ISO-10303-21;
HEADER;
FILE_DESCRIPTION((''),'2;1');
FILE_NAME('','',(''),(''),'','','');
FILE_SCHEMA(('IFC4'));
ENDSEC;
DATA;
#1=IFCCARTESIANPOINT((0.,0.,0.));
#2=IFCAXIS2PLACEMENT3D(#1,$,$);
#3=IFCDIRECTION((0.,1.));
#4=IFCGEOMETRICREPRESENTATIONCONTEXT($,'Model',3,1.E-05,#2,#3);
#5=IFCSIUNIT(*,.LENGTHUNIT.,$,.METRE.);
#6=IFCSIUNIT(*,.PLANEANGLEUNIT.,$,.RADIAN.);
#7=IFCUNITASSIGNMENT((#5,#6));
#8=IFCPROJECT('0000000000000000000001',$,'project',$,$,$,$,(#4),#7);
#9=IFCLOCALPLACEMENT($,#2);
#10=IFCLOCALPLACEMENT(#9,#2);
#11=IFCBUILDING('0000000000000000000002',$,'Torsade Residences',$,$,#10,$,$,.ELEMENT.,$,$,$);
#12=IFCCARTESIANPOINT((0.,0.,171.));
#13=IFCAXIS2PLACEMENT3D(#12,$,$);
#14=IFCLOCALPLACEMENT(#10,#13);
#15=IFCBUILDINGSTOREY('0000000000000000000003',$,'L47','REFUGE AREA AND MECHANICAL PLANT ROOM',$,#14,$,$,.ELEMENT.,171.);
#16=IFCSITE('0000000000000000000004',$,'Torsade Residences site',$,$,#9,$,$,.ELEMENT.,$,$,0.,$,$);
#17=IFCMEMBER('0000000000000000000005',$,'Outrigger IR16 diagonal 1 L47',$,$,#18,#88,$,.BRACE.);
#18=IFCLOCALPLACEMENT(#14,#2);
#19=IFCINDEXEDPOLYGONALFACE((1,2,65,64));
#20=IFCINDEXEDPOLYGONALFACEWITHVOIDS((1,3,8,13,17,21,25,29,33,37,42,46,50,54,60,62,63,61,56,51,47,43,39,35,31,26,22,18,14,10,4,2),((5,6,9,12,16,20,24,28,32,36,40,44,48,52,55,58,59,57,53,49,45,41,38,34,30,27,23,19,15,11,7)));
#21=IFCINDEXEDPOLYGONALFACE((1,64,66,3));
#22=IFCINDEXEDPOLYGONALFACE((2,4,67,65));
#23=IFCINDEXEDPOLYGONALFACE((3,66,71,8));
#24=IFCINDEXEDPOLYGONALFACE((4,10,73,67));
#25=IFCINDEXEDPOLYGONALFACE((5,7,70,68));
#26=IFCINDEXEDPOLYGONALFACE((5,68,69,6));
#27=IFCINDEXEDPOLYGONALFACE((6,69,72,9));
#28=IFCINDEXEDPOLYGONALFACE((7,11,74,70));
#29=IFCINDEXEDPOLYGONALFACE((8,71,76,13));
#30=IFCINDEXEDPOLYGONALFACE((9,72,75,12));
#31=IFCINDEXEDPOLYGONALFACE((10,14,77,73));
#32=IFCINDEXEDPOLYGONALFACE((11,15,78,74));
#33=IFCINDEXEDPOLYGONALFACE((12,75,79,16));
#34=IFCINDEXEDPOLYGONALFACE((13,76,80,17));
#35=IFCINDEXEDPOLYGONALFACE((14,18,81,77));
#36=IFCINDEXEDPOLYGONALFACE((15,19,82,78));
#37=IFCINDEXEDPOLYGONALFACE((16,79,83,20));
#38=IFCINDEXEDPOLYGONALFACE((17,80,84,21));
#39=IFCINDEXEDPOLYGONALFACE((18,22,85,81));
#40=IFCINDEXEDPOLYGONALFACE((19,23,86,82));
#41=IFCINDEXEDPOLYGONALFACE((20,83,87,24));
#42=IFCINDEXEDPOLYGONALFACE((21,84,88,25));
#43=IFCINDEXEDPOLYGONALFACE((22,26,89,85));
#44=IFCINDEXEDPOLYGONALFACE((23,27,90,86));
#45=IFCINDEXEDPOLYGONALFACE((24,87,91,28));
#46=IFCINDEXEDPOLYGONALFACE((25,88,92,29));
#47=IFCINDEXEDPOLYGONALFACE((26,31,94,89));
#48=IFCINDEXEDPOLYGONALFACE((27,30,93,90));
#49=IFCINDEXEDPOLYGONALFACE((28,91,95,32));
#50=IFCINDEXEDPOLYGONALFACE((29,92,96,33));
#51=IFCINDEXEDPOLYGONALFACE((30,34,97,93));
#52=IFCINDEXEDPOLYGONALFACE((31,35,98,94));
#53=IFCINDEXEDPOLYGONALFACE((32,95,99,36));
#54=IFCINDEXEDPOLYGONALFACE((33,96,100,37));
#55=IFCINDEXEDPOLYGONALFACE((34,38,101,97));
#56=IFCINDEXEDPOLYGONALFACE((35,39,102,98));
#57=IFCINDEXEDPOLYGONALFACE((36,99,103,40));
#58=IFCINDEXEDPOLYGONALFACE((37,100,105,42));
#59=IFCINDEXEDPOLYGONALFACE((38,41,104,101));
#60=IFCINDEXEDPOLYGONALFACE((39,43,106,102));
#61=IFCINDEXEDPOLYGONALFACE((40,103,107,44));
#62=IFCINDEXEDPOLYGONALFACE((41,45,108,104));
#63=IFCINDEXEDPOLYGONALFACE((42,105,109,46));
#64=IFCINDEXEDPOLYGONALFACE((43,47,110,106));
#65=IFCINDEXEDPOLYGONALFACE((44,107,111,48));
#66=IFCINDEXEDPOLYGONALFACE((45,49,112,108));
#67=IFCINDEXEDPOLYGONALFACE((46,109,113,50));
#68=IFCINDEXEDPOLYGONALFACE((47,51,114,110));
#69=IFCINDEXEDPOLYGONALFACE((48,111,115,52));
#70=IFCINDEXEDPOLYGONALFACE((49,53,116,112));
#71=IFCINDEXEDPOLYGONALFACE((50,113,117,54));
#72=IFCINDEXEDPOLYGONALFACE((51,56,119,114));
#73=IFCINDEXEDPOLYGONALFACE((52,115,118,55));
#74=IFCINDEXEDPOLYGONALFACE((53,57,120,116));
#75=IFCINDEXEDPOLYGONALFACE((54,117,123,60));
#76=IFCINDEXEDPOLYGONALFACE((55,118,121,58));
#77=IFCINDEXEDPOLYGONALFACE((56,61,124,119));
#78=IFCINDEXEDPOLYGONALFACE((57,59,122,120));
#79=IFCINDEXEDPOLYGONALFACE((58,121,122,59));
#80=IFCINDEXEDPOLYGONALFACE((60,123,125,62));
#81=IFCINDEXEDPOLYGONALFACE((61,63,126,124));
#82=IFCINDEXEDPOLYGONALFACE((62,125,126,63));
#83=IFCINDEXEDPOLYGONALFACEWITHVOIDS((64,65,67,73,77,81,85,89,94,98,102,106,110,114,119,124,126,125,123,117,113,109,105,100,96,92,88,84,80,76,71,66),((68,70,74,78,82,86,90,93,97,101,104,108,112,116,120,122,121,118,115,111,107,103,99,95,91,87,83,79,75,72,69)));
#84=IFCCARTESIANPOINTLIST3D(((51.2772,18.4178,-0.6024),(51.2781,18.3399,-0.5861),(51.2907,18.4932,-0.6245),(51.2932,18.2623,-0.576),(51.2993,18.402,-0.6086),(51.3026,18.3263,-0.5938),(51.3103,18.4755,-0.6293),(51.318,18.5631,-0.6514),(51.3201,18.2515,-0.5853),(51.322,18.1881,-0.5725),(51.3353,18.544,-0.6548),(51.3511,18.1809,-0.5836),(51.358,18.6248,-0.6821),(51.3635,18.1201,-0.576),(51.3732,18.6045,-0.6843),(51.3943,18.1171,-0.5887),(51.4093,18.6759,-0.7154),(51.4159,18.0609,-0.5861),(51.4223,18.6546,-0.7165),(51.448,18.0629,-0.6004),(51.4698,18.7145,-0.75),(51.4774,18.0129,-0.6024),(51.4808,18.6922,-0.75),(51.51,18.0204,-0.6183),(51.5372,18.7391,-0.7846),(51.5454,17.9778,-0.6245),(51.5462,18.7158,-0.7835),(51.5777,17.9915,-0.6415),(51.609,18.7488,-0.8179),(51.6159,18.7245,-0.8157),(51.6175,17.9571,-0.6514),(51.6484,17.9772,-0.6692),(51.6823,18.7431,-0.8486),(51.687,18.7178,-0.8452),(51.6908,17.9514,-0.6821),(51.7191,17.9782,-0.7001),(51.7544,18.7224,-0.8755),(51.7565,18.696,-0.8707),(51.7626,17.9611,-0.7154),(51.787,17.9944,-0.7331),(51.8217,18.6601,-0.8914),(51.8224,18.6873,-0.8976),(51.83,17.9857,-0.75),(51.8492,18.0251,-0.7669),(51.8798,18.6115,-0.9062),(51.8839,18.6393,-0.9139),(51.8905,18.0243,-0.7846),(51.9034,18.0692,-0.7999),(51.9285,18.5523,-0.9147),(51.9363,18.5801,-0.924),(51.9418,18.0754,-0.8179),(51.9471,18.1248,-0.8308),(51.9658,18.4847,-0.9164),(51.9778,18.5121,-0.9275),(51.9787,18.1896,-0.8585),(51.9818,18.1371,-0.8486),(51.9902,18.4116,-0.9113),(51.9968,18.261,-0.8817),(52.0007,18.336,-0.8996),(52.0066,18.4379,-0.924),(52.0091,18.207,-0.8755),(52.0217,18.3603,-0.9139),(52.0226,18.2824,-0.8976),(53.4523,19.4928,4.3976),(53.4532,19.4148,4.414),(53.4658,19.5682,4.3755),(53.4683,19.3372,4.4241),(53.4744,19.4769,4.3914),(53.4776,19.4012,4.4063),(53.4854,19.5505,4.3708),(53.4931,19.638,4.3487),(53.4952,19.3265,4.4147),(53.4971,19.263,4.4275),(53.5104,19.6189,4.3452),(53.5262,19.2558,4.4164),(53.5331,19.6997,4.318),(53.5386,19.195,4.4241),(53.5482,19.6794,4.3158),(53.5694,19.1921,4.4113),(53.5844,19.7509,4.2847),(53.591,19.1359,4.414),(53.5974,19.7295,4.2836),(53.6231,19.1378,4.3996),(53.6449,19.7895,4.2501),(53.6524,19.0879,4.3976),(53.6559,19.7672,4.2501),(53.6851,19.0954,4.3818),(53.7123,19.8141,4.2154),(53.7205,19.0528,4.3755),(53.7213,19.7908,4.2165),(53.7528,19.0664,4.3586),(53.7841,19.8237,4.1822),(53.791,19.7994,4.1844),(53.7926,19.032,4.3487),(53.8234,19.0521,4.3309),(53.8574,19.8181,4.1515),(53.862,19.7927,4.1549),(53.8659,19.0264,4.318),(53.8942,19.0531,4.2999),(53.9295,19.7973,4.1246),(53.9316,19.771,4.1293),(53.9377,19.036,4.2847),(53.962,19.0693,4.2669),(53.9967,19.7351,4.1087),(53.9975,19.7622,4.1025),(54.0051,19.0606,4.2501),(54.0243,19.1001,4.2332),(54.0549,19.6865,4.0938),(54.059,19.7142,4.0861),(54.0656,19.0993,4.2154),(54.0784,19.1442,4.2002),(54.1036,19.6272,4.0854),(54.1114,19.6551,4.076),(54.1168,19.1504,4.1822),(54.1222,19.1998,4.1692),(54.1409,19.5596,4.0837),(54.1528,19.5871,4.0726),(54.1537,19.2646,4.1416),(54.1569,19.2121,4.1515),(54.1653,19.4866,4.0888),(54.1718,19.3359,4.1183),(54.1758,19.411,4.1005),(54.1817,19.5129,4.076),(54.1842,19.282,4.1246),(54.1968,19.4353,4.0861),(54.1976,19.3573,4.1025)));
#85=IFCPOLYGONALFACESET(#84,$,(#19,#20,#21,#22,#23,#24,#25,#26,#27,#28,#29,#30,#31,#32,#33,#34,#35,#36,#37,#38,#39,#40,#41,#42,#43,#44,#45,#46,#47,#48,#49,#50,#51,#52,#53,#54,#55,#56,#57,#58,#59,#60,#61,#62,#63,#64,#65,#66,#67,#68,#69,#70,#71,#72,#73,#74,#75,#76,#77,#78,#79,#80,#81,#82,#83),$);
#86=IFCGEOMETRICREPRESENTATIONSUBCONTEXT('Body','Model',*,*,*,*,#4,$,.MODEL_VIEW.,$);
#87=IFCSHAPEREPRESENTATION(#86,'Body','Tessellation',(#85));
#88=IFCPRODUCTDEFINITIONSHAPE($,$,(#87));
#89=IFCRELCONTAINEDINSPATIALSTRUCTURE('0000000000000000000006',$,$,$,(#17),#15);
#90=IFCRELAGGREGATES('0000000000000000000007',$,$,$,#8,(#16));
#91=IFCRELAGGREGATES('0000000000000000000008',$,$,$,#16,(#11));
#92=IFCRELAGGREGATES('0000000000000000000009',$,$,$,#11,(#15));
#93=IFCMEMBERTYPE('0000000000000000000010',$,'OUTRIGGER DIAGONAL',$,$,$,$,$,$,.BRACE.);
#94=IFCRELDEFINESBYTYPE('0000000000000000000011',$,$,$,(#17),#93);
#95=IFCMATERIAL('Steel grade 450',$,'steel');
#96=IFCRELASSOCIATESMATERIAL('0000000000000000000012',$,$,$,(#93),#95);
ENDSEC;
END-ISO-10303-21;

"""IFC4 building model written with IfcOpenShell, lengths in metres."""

from ifc_helpers import new_model, si_unit, direction, frame, origin, origin_2d, place, context, subcontext, project, spatial, hollow_circle, extrude, material, material_profile, profile_set, type_object, element, save


model = new_model("IFC4")

# Units and contexts
model_context = context("Model", 3, precision=1e-05, world=origin(), true_north=direction((0.0, 1.0)))
body_context = subcontext(model_context, "Body", "Model", "MODEL_VIEW")
ifc_project = project(units=[si_unit("LENGTHUNIT", "METRE"), si_unit("PLANEANGLEUNIT", "RADIAN")], contexts=[model_context])

# Site, building, storey
site_placement = place(None, origin())
site = spatial("IfcSite", under=ifc_project, at=site_placement, Name="Torsade Residences site", CompositionType="ELEMENT", RefElevation=0.0)
building_placement = place(site_placement, origin())
building = spatial("IfcBuilding", under=site, at=building_placement, Name="Torsade Residences", CompositionType="ELEMENT")
storey_placement = place(building_placement, frame((0.0, 0.0, 171.0)))
storey = spatial("IfcBuildingStorey", under=building, at=storey_placement, Name="L47", Description="REFUGE AREA AND MECHANICAL PLANT ROOM", CompositionType="ELEMENT", Elevation=171.0)

# Member
ifc_material_1 = material(Name="Steel grade 450", Category="steel")
ifc_material_profile_1 = material_profile(ifc_material_1, hollow_circle(Radius=0.4065, WallThickness=0.0249, at=origin_2d()), Name="813.0x25.0CHS")
ifc_profile_set_1 = profile_set([ifc_material_profile_1], Name="Steel grade 450")
member_type_1 = type_object("IfcMemberType", Name="OUTRIGGER DIAGONAL", PredefinedType="BRACE", material=ifc_profile_set_1)
for number, where, z_axis, x_axis, name in (
    (1, (51.6499, 18.3501, -0.75), (0.391368, 0.193422, 0.899677), (-0.443063, 0.896491, 0.0), "Outrigger IR16 diagonal 1 L47"),
):
    element("IfcMember", number, at=place(storey_placement, frame(where, z_axis=z_axis, x_axis=x_axis)), inside=storey, type_object=member_type_1, Name=name, PredefinedType="BRACE", context=body_context, shape_type="SweptSolid", body=[
        extrude(hollow_circle(Radius=0.4065, WallThickness=0.0249, at=origin_2d()), origin(), (0.0, 0.0, 1.0), 5.5576),
    ])

save(model, "model.ifc")
